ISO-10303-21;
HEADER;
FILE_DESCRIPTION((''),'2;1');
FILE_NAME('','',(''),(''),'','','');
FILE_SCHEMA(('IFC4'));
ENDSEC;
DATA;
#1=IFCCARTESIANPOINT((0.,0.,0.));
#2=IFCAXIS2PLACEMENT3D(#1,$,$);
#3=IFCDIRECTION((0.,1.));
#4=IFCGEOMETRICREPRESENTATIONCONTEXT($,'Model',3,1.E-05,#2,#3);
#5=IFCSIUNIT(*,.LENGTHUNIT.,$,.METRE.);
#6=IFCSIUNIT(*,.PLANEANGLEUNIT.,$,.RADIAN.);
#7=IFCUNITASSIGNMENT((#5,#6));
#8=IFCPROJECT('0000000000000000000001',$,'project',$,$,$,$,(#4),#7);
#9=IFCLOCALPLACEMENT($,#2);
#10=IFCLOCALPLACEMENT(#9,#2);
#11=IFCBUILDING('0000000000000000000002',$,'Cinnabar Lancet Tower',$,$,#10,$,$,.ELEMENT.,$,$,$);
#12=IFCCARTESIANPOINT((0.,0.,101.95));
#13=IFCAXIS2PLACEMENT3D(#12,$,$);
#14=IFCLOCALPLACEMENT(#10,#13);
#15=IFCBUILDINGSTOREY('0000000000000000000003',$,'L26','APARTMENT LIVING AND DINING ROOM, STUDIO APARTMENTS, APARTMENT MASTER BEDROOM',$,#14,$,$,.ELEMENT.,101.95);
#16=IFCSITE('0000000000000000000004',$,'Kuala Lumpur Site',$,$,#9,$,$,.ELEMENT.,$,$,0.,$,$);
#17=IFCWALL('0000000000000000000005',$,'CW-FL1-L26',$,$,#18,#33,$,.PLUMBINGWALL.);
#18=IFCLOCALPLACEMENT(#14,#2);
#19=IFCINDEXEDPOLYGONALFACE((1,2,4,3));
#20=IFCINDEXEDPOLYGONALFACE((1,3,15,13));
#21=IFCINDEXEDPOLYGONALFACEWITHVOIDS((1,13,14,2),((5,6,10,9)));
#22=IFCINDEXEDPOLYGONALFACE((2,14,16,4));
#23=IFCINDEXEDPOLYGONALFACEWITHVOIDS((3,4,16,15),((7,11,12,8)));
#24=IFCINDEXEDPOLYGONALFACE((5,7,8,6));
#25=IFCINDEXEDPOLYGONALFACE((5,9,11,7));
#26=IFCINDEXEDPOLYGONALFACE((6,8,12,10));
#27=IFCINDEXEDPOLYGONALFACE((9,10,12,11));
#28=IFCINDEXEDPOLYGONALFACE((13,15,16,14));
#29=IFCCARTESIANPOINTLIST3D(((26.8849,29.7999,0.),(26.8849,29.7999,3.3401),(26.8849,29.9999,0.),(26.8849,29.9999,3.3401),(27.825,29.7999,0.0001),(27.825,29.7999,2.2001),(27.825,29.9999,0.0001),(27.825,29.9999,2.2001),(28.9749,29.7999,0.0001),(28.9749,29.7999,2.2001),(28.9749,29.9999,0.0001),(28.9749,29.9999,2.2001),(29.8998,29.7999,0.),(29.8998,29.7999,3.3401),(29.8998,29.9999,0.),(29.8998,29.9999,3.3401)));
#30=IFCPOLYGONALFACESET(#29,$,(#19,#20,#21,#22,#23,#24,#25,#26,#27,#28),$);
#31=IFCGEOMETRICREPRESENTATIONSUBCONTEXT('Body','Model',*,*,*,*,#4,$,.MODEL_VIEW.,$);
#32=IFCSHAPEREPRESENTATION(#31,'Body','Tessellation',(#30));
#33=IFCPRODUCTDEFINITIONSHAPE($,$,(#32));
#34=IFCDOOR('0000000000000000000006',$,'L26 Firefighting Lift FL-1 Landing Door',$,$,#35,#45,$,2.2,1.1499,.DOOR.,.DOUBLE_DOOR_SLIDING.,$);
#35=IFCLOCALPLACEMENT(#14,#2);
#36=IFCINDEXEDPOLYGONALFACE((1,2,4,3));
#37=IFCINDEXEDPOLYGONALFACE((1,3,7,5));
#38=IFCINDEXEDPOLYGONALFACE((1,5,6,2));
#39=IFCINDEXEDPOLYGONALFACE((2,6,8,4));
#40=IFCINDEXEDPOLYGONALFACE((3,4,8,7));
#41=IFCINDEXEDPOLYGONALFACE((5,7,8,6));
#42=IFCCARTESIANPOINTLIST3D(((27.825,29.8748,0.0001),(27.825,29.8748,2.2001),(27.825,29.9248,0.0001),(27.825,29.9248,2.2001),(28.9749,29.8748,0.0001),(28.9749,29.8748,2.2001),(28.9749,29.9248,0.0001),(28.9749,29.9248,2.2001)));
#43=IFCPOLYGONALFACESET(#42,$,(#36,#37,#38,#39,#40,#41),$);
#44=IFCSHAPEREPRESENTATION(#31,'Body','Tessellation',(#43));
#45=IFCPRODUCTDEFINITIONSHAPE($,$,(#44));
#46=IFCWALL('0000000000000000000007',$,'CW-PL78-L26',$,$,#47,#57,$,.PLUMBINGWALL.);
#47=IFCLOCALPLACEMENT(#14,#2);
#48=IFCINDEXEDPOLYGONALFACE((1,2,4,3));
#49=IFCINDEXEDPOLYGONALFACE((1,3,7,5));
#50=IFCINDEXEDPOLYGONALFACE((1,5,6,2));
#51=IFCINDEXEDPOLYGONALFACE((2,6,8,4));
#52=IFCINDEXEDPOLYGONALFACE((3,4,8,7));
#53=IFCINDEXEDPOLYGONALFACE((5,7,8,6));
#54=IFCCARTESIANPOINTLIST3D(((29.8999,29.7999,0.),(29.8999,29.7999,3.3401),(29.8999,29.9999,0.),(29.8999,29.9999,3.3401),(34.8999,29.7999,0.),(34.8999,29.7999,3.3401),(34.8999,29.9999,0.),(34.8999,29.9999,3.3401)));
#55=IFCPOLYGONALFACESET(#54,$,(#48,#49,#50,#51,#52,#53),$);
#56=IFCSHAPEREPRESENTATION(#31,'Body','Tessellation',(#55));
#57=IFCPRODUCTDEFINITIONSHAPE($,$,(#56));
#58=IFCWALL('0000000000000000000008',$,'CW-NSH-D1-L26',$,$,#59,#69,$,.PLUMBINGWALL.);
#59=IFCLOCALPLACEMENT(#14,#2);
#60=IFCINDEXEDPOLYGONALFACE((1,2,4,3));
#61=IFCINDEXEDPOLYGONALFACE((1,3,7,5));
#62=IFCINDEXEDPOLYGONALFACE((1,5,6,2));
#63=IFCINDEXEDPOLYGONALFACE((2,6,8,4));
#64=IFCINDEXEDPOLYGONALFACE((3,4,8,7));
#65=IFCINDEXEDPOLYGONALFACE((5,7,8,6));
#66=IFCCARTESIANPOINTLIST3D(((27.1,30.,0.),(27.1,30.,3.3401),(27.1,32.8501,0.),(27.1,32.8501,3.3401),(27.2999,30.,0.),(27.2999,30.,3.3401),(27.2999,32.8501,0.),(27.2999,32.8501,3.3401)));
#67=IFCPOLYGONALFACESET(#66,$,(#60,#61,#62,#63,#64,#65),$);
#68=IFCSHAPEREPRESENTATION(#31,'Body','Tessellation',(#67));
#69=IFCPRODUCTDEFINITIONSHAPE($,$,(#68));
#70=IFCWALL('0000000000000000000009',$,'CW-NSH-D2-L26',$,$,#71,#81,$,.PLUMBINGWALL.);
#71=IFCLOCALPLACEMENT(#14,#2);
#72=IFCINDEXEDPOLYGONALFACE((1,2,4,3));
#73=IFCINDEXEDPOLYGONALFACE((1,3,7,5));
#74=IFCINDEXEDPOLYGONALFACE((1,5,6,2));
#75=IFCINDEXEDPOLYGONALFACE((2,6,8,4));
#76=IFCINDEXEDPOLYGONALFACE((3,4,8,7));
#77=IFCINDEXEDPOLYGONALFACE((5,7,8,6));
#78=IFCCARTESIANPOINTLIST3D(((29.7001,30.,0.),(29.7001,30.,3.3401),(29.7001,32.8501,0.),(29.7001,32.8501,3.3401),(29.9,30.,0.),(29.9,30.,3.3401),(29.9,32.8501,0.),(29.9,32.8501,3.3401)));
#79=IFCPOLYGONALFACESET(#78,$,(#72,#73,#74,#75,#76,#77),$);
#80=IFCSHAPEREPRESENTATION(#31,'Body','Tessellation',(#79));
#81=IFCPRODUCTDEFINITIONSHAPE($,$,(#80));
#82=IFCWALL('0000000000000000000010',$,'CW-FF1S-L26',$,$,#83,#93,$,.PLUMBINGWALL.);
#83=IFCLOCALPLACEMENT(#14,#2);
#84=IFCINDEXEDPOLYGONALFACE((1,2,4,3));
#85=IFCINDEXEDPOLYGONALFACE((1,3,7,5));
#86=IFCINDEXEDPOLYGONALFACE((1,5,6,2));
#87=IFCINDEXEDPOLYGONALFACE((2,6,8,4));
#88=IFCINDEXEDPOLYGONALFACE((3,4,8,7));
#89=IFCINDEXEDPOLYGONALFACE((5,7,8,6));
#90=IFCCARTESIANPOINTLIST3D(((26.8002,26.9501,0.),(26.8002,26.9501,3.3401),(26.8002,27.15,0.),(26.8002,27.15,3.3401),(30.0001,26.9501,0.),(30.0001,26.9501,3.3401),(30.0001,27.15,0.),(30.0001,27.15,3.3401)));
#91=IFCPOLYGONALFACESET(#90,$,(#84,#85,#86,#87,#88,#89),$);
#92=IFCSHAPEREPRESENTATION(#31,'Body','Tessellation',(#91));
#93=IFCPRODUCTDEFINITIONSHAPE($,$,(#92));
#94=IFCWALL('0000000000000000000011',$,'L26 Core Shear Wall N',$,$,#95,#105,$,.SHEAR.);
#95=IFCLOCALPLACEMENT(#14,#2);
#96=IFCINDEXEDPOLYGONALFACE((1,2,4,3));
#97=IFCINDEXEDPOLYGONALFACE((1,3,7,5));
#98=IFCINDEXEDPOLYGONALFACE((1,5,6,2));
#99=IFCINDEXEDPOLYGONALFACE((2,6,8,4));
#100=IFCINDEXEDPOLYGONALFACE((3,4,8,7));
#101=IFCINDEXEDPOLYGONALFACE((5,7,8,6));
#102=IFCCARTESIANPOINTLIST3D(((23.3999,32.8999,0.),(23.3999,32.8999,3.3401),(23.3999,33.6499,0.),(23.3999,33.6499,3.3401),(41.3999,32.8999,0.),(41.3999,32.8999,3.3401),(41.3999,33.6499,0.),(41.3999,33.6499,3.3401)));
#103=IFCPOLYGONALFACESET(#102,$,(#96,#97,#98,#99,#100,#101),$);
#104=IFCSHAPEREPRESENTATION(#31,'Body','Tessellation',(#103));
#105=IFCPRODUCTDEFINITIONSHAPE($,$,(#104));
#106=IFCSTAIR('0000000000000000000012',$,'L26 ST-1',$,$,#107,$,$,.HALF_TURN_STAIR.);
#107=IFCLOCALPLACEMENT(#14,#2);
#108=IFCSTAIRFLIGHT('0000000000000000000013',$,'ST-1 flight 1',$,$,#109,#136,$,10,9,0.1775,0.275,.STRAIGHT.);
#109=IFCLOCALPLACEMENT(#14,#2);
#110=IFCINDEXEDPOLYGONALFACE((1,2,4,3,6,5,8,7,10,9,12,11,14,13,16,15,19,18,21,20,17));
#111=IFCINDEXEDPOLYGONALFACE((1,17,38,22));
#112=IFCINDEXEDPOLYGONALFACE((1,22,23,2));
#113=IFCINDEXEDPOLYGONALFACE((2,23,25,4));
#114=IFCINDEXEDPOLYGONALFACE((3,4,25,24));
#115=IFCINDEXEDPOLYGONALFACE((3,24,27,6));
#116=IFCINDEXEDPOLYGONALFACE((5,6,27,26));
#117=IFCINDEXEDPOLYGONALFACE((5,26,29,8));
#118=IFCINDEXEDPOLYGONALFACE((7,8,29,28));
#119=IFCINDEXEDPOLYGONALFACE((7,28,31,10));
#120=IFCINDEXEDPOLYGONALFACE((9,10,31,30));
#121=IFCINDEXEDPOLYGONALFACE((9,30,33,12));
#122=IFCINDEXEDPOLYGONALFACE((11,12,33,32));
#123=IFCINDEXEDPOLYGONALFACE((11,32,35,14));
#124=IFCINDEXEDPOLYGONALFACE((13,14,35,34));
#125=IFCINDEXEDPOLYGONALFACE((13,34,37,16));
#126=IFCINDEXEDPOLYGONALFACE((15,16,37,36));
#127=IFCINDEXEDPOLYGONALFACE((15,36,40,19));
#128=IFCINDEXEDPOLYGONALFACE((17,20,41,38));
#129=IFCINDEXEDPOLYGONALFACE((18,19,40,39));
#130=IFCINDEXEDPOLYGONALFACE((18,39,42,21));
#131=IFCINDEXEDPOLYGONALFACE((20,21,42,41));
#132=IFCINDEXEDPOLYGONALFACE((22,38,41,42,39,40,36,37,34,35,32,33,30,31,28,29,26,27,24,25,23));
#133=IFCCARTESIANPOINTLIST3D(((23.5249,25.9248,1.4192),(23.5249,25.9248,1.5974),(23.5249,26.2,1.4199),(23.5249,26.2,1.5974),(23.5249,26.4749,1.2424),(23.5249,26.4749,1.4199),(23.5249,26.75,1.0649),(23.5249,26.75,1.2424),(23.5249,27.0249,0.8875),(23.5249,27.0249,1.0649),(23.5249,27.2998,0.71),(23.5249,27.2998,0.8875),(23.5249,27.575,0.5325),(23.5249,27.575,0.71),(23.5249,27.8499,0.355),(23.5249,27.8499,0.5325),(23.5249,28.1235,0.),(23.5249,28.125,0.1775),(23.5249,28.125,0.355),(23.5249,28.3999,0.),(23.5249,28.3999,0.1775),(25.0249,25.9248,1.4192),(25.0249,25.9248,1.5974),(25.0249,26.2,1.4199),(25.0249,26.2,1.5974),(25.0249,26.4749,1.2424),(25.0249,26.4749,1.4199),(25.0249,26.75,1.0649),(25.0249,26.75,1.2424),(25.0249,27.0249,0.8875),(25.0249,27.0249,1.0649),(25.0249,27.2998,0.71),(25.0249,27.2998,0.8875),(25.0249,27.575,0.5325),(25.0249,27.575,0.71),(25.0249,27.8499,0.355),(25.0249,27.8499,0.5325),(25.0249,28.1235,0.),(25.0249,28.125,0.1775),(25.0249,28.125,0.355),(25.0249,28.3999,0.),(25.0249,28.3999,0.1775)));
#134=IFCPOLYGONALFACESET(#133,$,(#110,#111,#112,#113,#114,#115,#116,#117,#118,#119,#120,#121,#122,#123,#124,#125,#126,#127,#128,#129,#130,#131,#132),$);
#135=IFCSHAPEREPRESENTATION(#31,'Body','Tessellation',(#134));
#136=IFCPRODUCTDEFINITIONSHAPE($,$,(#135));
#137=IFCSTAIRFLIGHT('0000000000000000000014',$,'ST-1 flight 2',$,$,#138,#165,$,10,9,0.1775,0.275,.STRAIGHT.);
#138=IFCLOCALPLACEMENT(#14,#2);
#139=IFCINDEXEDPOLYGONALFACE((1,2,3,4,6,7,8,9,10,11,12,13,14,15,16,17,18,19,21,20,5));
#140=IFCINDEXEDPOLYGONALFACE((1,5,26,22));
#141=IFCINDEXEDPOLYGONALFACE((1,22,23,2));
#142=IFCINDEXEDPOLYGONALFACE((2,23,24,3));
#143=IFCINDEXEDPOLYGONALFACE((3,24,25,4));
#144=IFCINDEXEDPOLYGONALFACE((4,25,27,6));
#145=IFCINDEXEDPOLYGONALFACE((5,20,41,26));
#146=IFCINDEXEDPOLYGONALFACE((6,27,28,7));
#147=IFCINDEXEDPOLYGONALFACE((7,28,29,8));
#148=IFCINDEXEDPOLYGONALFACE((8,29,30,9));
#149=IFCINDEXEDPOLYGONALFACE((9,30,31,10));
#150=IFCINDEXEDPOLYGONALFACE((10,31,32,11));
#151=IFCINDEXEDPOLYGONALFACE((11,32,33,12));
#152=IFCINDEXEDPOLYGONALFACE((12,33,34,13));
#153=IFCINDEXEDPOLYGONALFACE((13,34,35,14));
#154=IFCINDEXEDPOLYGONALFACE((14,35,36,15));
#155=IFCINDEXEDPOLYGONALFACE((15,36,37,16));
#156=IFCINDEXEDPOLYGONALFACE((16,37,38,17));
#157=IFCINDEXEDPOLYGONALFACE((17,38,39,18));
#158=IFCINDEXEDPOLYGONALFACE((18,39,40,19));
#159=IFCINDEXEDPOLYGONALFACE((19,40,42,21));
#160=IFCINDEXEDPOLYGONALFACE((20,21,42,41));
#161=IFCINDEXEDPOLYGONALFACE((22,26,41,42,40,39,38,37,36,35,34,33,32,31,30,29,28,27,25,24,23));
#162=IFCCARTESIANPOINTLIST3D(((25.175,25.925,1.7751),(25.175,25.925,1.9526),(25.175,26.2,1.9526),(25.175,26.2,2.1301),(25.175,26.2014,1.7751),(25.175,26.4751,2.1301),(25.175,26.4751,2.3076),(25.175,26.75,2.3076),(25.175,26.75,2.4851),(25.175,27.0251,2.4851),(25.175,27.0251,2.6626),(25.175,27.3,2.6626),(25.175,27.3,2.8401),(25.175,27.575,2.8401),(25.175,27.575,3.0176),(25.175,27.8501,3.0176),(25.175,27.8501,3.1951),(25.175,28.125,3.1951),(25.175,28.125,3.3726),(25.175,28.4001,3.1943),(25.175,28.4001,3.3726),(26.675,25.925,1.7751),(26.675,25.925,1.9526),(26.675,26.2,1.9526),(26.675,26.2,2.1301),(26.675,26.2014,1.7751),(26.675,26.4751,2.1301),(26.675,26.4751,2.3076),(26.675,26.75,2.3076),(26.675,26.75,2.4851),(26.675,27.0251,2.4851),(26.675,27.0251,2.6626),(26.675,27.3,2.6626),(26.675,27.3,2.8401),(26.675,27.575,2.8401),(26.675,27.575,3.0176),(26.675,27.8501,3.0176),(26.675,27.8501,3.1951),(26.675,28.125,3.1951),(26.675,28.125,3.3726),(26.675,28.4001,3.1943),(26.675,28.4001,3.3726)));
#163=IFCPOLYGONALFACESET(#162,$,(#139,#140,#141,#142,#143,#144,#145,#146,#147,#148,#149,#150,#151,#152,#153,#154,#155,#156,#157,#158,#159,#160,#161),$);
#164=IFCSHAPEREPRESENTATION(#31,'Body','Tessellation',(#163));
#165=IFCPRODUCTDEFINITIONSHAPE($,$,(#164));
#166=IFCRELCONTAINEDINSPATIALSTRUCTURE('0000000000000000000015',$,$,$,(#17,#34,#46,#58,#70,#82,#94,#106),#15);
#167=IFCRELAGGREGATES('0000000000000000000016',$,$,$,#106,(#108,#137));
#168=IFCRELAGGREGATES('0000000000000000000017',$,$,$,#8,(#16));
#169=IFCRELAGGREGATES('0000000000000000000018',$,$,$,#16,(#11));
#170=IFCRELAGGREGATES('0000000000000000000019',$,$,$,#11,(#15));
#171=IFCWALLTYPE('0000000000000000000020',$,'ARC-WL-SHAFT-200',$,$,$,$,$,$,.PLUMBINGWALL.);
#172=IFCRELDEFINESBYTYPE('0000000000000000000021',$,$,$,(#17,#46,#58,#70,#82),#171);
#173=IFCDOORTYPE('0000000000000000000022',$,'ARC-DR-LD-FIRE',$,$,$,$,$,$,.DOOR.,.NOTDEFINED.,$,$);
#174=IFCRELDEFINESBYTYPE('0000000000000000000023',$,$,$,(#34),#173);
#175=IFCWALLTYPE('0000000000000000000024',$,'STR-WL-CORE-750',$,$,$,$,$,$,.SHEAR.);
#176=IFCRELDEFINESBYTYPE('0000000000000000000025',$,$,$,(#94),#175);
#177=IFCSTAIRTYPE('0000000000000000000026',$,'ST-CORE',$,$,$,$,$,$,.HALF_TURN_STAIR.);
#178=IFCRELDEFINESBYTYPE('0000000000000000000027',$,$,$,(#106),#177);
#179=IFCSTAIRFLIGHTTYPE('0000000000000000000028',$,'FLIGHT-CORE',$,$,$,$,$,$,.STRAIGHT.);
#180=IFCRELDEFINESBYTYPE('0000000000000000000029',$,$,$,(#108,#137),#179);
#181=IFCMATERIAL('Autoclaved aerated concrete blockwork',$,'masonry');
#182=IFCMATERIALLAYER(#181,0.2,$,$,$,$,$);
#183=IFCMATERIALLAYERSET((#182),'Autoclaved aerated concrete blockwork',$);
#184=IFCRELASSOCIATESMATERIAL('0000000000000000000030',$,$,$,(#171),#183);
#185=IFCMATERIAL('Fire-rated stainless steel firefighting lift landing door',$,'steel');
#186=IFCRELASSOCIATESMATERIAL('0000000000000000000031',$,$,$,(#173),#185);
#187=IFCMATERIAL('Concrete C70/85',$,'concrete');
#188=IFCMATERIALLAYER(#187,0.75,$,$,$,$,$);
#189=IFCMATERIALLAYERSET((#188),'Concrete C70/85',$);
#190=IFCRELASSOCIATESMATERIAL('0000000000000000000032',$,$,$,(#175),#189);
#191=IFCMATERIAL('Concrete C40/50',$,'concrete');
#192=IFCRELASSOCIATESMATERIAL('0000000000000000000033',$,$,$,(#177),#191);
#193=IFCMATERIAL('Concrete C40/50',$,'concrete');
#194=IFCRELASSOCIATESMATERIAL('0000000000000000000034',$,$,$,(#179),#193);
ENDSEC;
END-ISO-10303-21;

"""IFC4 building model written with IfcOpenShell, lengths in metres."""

from ifc_helpers import new_model, si_unit, direction, frame, frame_2d, origin, place, context, subcontext, project, spatial, polyline, rectangle, outline, extrude, material, layer, layer_set, type_object, element, fill, aggregate, save


model = new_model("IFC4")

# Units and contexts
model_context = context("Model", 3, precision=1e-05, world=origin(), true_north=direction((0.0, 1.0)))
body_context = subcontext(model_context, "Body", "Model", "MODEL_VIEW")
ifc_project = project(units=[si_unit("LENGTHUNIT", "METRE"), si_unit("PLANEANGLEUNIT", "RADIAN")], contexts=[model_context])

# Site, building, storey
site_placement = place(None, origin())
site = spatial("IfcSite", under=ifc_project, at=site_placement, Name="Kuala Lumpur Site", CompositionType="ELEMENT", RefElevation=0.0)
building_placement = place(site_placement, origin())
building = spatial("IfcBuilding", under=site, at=building_placement, Name="Cinnabar Lancet Tower", CompositionType="ELEMENT")
storey_placement = place(building_placement, frame((0.0, 0.0, 101.95)))
storey = spatial("IfcBuildingStorey", under=building, at=storey_placement, Name="L26", Description="APARTMENT LIVING AND DINING ROOM, STUDIO APARTMENTS, APARTMENT MASTER BEDROOM", CompositionType="ELEMENT", Elevation=101.95)

# Wall, opening, door
ifc_material_1 = material(Name="Autoclaved aerated concrete blockwork", Category="masonry")
ifc_layer_1 = layer(ifc_material_1, 0.2)
ifc_layer_set_1 = layer_set([ifc_layer_1], Name="Autoclaved aerated concrete blockwork")
wall_type_1 = type_object("IfcWallType", Name="ARC-WL-SHAFT-200", PredefinedType="PLUMBINGWALL", material=ifc_layer_set_1)
wall_1_placement = place(storey_placement, frame((26.885, 29.8999, 0.0), z_axis=(0.0, 0.0, 1.0), x_axis=(1.0, 0.0, 0.0)))
wall_1 = element("IfcWall", 1, at=wall_1_placement, inside=storey, type_object=wall_type_1, Name="CW-FL1-L26", PredefinedType="PLUMBINGWALL", context=body_context, shape_type="SweptSolid", body=[
    extrude(rectangle(XDim=3.0149, YDim=0.2, at=frame_2d((1.5073, 0.0))), origin(), (0.0, 0.0, 1.0), 3.3401),
])
opening_1_placement = place(wall_1_placement, frame((0.9399, 0.0, 0.0)))
opening_1 = element("IfcOpeningElement", 2, at=opening_1_placement, cuts=wall_1, PredefinedType="OPENING", context=body_context, shape_type="SweptSolid", body=[
    extrude(rectangle(XDim=1.1499, YDim=2.2, at=frame_2d((0.575, 1.1001))), frame((0.0, 0.1099, 0.0), z_axis=(0.0, -1.0, 0.0), x_axis=(1.0, 0.0, 0.0)), (0.0, 0.0, 1.0), 0.22),
])
ifc_material_2 = material(Name="Fire-rated stainless steel firefighting lift landing door", Category="steel")
door_type_1 = type_object("IfcDoorType", Name="ARC-DR-LD-FIRE", OperationType="NOTDEFINED", PredefinedType="DOOR", material=ifc_material_2)
door_1_placement = place(opening_1_placement, origin())
door_1 = element("IfcDoor", 3, at=door_1_placement, inside=storey, type_object=door_type_1, Name="L26 Firefighting Lift FL-1 Landing Door", OperationType="DOUBLE_DOOR_SLIDING", OverallHeight=2.2, OverallWidth=1.1499, PredefinedType="DOOR", context=body_context, shape_type="SweptSolid", body=[
    extrude(rectangle(XDim=1.1499, YDim=2.2, at=frame_2d((0.575, 1.1001))), frame((0.0, 0.0249, 0.0), z_axis=(0.0, -1.0, 0.0), x_axis=(1.0, 0.0, 0.0)), (0.0, 0.0, 1.0), 0.05),
])
fill(opening_1, door_1)

# Walls
wall_2_placement = place(storey_placement, frame((29.8999, 29.8999, 0.0), z_axis=(0.0, 0.0, 1.0), x_axis=(1.0, 0.0, 0.0)))
element("IfcWall", 4, at=wall_2_placement, inside=storey, type_object=wall_type_1, Name="CW-PL78-L26", PredefinedType="PLUMBINGWALL", context=body_context, shape_type="SweptSolid", body=[
    extrude(rectangle(XDim=5.0, YDim=0.2, at=frame_2d((2.5, 0.0))), origin(), (0.0, 0.0, 1.0), 3.3401),
])
for number, where, z_axis, x_axis, name in (
    (5, (27.2, 30.0, 0.0), (0.0, 0.0, 1.0), (0.0, 1.0, 0.0), "CW-NSH-D1-L26"),
    (6, (29.8, 30.0, 0.0), (0.0, 0.0, 1.0), (0.0, 1.0, 0.0), "CW-NSH-D2-L26"),
):
    element("IfcWall", number, at=place(storey_placement, frame(where, z_axis=z_axis, x_axis=x_axis)), inside=storey, type_object=wall_type_1, Name=name, PredefinedType="PLUMBINGWALL", context=body_context, shape_type="SweptSolid", body=[
        extrude(rectangle(XDim=2.8501, YDim=0.2, at=frame_2d((1.425, 0.0))), origin(), (0.0, 0.0, 1.0), 3.3401),
    ])

# Walls
wall_3_placement = place(storey_placement, frame((26.8, 27.05, 0.0), z_axis=(0.0, 0.0, 1.0), x_axis=(1.0, 0.0, 0.0)))
element("IfcWall", 7, at=wall_3_placement, inside=storey, type_object=wall_type_1, Name="CW-FF1S-L26", PredefinedType="PLUMBINGWALL", context=body_context, shape_type="SweptSolid", body=[
    extrude(rectangle(XDim=3.2, YDim=0.2, at=frame_2d((1.6001, 0.0))), origin(), (0.0, 0.0, 1.0), 3.3401),
])
ifc_material_3 = material(Name="Concrete C70/85", Category="concrete")
ifc_layer_2 = layer(ifc_material_3, 0.75)
ifc_layer_set_2 = layer_set([ifc_layer_2], Name="Concrete C70/85")
wall_type_2 = type_object("IfcWallType", Name="STR-WL-CORE-750", PredefinedType="SHEAR", material=ifc_layer_set_2)
wall_4_placement = place(storey_placement, frame((23.3999, 33.2749, 0.0), z_axis=(0.0, 0.0, 1.0), x_axis=(1.0, 0.0, 0.0)))
element("IfcWall", 8, at=wall_4_placement, inside=storey, type_object=wall_type_2, Name="L26 Core Shear Wall N", PredefinedType="SHEAR", context=body_context, shape_type="SweptSolid", body=[
    extrude(rectangle(XDim=18.0, YDim=0.75, at=frame_2d((9.0, 0.0))), origin(), (0.0, 0.0, 1.0), 3.3401),
])

# Stair, stair flights
ifc_material_4 = material(Name="Concrete C40/50", Category="concrete")
stair_type = type_object("IfcStairType", Name="ST-CORE", PredefinedType="HALF_TURN_STAIR", material=ifc_material_4)
stair_placement = place(storey_placement, origin())
stair = element("IfcStair", 9, at=stair_placement, inside=storey, type_object=stair_type, Name="L26 ST-1", PredefinedType="HALF_TURN_STAIR")
ifc_material_5 = material(Name="Concrete C40/50", Category="concrete")
stair_flight_type = type_object("IfcStairFlightType", Name="FLIGHT-CORE", PredefinedType="STRAIGHT", material=ifc_material_5)
stair_flight_1_placement = place(storey_placement, frame((24.2749, 28.3999, 0.0), z_axis=(0.0, 0.0, 1.0), x_axis=(0.0, -1.0, 0.0)))
stair_flight_1 = element("IfcStairFlight", 10, at=stair_flight_1_placement, type_object=stair_flight_type, Name="ST-1 flight 1", NumberOfRisers=10, NumberOfTreads=9, PredefinedType="STRAIGHT", RiserHeight=0.1775, TreadLength=0.275, context=body_context, shape_type="SweptSolid", body=[
    extrude(outline(polyline([(0.0, 0.0), (0.0, 0.1775), (0.2749, 0.1775), (0.2749, 0.355), (0.55, 0.355), (0.55, 0.5325), (0.825, 0.5325), (0.825, 0.71), (1.1001, 0.71), (1.1001, 0.8875), (1.375, 0.8875), (1.375, 1.0649), (1.6499, 1.0649), (1.6499, 1.2424), (1.925, 1.2424), (1.925, 1.4199), (2.2, 1.4199), (2.2, 1.5974), (2.4751, 1.5974), (2.4751, 1.7749), (2.4751, 1.4192), (0.2764, 0.0), (0.0, 0.0)])), frame((0.0, 0.75, 0.0), z_axis=(0.0, -1.0, 0.0), x_axis=(1.0, 0.0, 0.0)), (0.0, 0.0, 1.0), 1.5),
])
stair_flight_2_placement = place(storey_placement, frame((25.925, 25.925, 1.7751), z_axis=(0.0, 0.0, 1.0), x_axis=(0.0, 1.0, 0.0)))
stair_flight_2 = element("IfcStairFlight", 11, at=stair_flight_2_placement, type_object=stair_flight_type, Name="ST-1 flight 2", NumberOfRisers=10, NumberOfTreads=9, PredefinedType="STRAIGHT", RiserHeight=0.1775, TreadLength=0.275, context=body_context, shape_type="SweptSolid", body=[
    extrude(outline(polyline([(0.0, 0.0), (0.0, 0.1775), (0.2749, 0.1775), (0.2749, 0.355), (0.55, 0.355), (0.55, 0.5325), (0.825, 0.5325), (0.825, 0.71), (1.1001, 0.71), (1.1001, 0.8875), (1.375, 0.8875), (1.375, 1.0649), (1.6499, 1.0649), (1.6499, 1.2424), (1.925, 1.2424), (1.925, 1.4199), (2.2, 1.4199), (2.2, 1.5974), (2.4751, 1.5974), (2.4751, 1.7749), (2.4751, 1.4192), (0.2764, 0.0), (0.0, 0.0)])), frame((0.0, 0.75, 0.0), z_axis=(0.0, -1.0, 0.0), x_axis=(1.0, 0.0, 0.0)), (0.0, 0.0, 1.0), 1.5),
])
aggregate(stair, [stair_flight_1, stair_flight_2])

save(model, "model.ifc")
